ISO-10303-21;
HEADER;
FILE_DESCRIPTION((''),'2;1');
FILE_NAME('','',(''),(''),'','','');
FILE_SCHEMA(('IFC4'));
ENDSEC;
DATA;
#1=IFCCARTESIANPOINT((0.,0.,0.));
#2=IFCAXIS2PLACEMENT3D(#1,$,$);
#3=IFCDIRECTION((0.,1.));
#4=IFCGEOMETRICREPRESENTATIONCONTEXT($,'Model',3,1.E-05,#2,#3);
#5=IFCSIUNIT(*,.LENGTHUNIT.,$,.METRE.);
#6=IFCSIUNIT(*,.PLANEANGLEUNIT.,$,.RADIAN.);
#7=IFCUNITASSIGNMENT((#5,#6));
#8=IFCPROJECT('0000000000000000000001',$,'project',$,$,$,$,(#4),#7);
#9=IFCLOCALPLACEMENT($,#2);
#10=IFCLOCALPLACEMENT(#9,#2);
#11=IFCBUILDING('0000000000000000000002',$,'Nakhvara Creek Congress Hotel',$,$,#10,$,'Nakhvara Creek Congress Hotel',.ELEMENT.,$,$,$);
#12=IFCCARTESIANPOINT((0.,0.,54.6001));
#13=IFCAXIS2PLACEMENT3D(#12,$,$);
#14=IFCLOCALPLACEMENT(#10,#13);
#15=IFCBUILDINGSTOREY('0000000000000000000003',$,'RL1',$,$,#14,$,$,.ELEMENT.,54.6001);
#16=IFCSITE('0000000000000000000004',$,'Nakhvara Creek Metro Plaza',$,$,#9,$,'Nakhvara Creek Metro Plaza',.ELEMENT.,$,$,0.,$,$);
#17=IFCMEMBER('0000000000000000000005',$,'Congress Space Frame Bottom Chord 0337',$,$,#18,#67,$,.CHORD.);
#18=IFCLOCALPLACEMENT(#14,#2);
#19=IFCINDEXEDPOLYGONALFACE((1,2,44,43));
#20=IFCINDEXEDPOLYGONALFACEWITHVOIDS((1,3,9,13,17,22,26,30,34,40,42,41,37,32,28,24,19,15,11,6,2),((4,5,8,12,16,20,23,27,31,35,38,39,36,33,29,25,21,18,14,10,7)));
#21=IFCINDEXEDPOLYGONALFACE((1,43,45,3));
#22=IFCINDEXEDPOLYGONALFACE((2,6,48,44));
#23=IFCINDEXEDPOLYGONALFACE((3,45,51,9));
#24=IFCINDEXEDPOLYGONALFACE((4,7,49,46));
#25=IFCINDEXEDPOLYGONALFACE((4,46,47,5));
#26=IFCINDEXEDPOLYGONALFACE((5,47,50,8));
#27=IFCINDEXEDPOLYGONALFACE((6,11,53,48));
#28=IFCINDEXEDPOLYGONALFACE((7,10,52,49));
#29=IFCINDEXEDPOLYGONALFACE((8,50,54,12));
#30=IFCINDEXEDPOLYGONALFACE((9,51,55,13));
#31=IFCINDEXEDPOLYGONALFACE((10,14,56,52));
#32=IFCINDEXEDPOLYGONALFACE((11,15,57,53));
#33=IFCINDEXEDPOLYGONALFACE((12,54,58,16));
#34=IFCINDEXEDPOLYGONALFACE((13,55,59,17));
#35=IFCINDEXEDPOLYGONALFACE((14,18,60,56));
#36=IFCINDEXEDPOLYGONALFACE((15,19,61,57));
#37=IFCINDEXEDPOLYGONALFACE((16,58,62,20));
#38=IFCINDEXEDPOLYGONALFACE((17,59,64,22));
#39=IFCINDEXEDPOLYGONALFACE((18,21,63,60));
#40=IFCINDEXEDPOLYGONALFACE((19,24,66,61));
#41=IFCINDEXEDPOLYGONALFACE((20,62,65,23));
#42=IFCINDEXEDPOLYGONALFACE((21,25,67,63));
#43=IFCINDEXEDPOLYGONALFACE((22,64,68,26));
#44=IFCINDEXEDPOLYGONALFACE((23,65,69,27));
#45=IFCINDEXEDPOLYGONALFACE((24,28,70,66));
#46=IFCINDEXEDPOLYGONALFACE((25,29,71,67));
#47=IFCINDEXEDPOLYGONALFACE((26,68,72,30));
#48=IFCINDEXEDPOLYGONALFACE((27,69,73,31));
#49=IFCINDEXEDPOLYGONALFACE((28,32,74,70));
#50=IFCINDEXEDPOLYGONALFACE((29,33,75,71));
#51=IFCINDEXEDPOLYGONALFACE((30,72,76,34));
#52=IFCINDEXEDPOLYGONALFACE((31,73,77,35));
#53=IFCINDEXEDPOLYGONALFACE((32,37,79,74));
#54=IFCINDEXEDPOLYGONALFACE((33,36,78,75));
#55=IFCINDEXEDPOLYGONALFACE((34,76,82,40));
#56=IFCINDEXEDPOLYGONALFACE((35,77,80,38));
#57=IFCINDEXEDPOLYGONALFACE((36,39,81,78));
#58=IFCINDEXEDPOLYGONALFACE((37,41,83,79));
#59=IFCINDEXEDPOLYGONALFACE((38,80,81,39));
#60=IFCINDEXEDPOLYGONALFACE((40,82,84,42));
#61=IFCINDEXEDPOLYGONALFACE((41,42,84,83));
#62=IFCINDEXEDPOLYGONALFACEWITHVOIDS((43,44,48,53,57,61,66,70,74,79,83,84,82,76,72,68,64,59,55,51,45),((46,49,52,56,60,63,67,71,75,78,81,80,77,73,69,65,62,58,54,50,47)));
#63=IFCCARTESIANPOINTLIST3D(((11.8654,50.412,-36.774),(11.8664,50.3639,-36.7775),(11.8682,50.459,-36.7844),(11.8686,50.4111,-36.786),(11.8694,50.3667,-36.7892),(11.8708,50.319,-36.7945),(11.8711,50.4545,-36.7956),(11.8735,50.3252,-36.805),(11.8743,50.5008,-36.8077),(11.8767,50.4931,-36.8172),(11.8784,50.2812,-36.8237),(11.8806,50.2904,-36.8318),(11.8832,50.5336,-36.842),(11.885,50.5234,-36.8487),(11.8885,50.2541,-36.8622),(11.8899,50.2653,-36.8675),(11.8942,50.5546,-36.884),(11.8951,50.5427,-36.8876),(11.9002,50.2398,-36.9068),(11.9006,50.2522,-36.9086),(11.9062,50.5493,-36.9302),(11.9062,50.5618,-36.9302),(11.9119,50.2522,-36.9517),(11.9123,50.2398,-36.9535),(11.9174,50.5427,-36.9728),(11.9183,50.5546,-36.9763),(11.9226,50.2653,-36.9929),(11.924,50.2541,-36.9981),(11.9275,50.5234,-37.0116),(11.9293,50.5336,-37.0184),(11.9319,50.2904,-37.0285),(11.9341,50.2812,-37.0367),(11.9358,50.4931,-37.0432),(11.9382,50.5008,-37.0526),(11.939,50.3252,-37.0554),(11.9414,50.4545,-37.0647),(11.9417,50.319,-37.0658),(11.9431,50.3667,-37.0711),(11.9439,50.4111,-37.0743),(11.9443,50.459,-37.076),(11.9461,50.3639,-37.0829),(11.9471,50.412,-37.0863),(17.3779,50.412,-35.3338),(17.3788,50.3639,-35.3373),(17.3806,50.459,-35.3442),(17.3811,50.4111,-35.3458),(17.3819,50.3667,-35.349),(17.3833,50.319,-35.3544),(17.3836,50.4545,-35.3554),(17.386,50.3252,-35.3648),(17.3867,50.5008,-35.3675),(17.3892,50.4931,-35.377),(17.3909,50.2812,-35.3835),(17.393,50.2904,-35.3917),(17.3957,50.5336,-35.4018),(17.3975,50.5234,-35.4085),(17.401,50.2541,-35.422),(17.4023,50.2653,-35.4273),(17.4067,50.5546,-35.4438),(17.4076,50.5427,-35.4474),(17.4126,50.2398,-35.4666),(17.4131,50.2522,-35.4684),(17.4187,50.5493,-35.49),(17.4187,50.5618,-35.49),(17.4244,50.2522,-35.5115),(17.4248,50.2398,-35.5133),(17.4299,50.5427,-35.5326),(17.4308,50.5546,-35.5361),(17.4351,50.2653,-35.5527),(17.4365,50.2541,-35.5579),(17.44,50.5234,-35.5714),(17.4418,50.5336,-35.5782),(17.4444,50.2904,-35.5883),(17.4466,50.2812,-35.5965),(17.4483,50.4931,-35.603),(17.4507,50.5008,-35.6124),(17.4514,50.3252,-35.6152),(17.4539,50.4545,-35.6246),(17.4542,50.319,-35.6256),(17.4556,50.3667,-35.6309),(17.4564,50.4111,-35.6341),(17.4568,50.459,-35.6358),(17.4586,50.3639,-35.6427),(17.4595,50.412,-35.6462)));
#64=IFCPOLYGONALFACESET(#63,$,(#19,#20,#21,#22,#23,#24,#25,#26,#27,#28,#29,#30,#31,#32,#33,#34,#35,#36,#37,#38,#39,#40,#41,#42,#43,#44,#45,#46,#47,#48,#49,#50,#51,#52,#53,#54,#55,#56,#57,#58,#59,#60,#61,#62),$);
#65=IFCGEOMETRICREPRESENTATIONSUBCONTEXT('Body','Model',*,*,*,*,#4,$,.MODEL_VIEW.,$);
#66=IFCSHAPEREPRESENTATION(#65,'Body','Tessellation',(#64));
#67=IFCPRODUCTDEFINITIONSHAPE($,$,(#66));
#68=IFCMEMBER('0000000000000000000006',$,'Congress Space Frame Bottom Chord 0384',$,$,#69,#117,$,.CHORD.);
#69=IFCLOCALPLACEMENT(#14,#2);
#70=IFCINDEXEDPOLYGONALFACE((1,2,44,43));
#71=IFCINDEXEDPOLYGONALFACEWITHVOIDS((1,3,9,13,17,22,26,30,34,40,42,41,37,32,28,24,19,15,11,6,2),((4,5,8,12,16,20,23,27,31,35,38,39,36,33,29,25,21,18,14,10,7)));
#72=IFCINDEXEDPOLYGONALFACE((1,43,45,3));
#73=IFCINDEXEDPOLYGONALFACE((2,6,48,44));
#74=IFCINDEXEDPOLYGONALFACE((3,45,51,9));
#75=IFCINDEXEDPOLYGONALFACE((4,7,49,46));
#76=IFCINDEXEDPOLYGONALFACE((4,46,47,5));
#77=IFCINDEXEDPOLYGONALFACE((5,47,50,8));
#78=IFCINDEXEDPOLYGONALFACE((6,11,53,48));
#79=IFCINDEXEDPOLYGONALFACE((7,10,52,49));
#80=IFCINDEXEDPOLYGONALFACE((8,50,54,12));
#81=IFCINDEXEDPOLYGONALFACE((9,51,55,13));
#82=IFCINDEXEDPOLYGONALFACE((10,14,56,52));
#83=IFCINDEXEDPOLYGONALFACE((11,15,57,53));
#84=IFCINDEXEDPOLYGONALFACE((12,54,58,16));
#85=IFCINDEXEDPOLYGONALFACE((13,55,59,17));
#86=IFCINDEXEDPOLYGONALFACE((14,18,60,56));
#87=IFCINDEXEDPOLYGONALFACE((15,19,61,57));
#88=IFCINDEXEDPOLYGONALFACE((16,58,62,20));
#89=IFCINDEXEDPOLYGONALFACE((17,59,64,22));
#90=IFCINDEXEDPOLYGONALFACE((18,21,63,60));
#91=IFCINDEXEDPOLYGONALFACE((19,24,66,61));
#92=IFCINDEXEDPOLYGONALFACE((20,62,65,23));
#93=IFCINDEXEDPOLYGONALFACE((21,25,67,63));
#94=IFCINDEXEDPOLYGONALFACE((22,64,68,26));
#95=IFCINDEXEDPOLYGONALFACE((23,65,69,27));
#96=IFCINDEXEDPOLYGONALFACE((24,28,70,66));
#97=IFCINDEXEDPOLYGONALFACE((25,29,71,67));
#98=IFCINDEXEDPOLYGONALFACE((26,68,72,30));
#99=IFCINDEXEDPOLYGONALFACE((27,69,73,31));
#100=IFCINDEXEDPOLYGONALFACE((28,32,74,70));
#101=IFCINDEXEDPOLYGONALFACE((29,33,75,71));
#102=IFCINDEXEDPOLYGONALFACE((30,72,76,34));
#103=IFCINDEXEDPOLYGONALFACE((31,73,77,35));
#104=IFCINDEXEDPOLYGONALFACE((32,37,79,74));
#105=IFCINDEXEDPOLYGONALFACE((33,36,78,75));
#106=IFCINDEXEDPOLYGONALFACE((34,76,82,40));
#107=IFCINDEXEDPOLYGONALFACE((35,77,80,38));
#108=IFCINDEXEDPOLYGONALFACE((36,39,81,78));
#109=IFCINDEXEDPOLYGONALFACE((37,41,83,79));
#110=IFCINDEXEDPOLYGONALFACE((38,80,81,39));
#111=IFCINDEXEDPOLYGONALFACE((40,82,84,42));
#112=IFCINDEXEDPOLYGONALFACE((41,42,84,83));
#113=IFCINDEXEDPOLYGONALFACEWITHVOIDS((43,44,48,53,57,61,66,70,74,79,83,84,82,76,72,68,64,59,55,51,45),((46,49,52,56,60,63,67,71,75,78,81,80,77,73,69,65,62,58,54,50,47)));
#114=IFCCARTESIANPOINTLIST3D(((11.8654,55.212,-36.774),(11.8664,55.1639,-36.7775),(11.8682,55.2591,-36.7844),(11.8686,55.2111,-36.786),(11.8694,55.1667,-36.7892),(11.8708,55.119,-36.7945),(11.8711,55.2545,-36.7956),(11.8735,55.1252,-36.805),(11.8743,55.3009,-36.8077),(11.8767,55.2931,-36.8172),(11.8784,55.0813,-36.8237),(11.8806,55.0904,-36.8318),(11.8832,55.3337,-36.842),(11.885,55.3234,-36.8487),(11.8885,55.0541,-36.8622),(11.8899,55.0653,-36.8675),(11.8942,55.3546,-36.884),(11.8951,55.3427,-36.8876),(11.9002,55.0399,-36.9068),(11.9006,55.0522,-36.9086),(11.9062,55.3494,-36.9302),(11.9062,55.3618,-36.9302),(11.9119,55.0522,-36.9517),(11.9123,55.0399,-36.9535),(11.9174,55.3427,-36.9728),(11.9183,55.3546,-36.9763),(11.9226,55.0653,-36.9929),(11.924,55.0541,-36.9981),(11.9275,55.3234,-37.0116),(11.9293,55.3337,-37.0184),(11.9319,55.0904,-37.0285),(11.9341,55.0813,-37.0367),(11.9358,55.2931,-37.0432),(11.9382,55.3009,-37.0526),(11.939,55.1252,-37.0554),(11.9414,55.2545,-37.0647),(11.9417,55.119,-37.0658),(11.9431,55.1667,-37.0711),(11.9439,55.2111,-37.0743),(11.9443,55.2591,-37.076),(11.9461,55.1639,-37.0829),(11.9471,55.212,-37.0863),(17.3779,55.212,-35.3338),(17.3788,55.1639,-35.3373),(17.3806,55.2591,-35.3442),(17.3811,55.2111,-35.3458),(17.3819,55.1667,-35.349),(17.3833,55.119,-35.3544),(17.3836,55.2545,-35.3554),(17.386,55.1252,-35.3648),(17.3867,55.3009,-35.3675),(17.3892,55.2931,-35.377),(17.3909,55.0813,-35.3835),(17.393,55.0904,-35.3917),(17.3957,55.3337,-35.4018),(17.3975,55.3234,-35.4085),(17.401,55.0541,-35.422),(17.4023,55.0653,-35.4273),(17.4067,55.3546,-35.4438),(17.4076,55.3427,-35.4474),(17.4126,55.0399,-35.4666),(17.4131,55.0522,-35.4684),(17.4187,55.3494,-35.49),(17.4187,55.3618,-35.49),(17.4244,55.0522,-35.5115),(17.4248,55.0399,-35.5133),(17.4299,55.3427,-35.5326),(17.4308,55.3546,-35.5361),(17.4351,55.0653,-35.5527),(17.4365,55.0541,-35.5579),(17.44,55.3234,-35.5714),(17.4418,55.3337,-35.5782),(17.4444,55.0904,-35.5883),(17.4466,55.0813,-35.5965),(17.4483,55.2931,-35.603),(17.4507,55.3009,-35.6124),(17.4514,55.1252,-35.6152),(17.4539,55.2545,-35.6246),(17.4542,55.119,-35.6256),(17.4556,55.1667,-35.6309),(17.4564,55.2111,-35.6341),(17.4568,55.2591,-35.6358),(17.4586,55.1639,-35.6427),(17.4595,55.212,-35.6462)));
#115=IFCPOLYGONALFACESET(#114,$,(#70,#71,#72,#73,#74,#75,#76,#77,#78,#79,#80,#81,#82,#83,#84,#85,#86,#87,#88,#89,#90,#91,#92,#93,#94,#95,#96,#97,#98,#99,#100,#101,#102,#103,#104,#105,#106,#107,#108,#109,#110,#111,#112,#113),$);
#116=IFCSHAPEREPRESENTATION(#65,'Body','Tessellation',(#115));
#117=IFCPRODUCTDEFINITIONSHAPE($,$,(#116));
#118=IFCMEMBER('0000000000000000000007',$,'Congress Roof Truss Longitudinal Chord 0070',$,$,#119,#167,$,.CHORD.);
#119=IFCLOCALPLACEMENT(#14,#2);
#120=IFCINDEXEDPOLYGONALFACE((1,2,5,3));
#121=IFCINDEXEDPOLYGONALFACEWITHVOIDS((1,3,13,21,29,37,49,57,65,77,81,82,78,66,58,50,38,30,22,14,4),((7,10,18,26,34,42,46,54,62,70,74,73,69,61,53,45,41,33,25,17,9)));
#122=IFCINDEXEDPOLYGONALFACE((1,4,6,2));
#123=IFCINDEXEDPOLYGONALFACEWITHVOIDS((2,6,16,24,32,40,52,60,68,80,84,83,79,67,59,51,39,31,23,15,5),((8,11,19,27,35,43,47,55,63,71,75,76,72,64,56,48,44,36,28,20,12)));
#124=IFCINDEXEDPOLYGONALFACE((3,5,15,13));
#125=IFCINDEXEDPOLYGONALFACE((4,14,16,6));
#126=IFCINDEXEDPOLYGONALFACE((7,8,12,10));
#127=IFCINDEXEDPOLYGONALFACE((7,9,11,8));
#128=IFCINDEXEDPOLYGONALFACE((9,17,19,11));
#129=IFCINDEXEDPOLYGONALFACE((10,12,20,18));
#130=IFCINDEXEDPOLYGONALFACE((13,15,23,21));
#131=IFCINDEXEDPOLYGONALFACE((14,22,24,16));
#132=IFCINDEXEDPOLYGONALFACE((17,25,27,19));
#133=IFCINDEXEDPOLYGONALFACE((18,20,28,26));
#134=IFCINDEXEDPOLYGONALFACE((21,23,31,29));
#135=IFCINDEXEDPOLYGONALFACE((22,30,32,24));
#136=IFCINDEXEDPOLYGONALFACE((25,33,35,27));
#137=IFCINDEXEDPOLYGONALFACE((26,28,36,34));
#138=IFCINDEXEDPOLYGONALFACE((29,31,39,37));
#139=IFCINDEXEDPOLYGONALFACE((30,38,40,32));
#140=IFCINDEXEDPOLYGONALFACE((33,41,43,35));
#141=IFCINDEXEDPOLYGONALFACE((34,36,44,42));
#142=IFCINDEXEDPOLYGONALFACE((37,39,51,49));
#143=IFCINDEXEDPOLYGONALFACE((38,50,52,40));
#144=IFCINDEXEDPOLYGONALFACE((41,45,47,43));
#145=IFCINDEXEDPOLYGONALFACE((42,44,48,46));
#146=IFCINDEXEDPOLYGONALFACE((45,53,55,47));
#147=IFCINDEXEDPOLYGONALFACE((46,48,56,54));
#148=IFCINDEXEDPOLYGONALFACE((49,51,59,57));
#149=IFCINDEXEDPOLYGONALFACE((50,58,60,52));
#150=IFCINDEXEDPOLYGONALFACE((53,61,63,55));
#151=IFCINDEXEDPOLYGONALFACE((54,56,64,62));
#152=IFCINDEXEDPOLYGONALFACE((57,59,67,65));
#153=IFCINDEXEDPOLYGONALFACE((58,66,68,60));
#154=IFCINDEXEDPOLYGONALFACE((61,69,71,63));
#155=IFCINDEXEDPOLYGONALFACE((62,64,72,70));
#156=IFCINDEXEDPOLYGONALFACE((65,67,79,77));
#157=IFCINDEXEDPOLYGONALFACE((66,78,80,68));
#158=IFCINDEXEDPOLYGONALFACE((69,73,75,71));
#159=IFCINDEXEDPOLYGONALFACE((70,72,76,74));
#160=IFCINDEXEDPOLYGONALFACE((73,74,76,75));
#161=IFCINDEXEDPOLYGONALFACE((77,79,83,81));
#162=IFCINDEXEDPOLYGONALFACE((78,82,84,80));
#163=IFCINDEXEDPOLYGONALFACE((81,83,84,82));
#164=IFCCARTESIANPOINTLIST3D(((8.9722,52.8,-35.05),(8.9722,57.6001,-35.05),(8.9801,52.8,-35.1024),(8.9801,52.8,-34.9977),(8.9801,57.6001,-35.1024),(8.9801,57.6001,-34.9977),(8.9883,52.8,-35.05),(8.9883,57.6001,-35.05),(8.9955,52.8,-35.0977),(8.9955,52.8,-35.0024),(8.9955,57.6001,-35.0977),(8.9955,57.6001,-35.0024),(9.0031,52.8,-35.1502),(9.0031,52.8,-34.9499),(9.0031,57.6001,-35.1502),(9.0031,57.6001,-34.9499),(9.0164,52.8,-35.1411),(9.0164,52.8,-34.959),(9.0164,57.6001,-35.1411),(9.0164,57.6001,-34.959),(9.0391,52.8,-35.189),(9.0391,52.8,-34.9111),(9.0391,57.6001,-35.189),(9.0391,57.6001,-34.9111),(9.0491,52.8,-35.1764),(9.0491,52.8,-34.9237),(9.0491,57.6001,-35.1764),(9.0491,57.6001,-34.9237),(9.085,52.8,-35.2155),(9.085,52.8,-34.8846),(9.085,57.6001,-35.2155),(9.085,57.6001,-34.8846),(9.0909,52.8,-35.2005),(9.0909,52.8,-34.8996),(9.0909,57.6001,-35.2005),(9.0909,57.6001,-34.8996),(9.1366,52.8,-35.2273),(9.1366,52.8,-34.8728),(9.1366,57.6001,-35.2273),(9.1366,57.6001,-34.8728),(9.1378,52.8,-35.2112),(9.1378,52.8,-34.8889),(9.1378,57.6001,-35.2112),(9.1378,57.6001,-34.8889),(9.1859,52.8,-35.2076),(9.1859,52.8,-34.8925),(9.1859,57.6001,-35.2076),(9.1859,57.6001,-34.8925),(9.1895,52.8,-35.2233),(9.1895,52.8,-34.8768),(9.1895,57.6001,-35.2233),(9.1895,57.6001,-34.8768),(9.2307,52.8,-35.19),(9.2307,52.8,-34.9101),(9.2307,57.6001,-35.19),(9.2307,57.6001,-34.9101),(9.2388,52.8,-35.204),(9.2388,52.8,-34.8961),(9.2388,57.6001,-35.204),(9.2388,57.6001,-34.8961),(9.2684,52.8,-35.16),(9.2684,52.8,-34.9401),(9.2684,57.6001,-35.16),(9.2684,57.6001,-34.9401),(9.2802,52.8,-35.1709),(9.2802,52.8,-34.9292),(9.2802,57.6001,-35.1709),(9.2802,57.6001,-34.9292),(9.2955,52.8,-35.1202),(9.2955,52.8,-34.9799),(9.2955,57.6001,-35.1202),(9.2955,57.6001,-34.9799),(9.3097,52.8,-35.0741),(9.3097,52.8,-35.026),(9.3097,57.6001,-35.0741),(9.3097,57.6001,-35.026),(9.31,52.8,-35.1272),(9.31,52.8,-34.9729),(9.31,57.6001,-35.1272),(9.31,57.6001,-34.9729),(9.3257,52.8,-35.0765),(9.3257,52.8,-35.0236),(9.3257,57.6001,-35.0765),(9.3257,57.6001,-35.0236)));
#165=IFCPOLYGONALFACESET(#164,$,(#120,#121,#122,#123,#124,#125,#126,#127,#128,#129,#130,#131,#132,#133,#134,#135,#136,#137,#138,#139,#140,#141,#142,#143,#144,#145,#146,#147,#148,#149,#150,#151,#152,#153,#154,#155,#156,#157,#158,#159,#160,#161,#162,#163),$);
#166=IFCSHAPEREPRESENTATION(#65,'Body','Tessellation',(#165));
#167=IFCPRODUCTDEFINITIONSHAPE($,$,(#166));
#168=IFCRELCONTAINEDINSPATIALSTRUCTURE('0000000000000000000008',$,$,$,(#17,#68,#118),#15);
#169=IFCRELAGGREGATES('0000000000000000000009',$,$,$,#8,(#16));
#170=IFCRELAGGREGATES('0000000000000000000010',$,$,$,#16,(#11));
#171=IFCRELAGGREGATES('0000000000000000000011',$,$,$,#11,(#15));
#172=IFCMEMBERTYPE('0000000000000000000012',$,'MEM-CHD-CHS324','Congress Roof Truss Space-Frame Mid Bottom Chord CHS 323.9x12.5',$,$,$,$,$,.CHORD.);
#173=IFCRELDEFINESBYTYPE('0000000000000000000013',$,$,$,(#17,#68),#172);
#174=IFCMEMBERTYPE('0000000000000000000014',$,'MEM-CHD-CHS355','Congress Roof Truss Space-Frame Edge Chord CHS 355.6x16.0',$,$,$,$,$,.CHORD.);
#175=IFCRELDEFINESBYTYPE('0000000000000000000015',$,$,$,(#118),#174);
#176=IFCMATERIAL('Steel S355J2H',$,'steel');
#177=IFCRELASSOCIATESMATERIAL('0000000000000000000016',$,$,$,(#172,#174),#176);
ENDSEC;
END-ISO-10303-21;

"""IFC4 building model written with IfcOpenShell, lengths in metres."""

from ifc_helpers import new_model, si_unit, direction, frame, origin, origin_2d, place, context, subcontext, project, spatial, hollow_circle, extrude, material, material_profile, profile_set, type_object, element, save


model = new_model("IFC4")

# Units and contexts
model_context = context("Model", 3, precision=1e-05, world=origin(), true_north=direction((0.0, 1.0)))
body_context = subcontext(model_context, "Body", "Model", "MODEL_VIEW")
ifc_project = project(units=[si_unit("LENGTHUNIT", "METRE"), si_unit("PLANEANGLEUNIT", "RADIAN")], contexts=[model_context])

# Site, building, storey
site_placement = place(None, origin())
site = spatial("IfcSite", under=ifc_project, at=site_placement, Name="Nakhvara Creek Metro Plaza", LongName="Nakhvara Creek Metro Plaza", CompositionType="ELEMENT", RefElevation=0.0)
building_placement = place(site_placement, origin())
building = spatial("IfcBuilding", under=site, at=building_placement, Name="Nakhvara Creek Congress Hotel", LongName="Nakhvara Creek Congress Hotel", CompositionType="ELEMENT")
storey_placement = place(building_placement, frame((0.0, 0.0, 54.6001)))
storey = spatial("IfcBuildingStorey", under=building, at=storey_placement, Name="RL1", CompositionType="ELEMENT", Elevation=54.6001)

# Members
ifc_material_1 = material(Name="Steel S355J2H", Category="steel")
ifc_material_profile_1 = material_profile(ifc_material_1, hollow_circle(Radius=0.1619, WallThickness=0.0125, at=origin_2d()), Name="CHS 323.9x12.5", Category="LoadBearing")
ifc_profile_set_1 = profile_set([ifc_material_profile_1], Name="Steel S355J2H")
member_type_1 = type_object("IfcMemberType", Name="MEM-CHD-CHS324", Description="Congress Roof Truss Space-Frame Mid Bottom Chord CHS 323.9x12.5", PredefinedType="CHORD", material=ifc_profile_set_1)
for number, where, z_axis, x_axis, name in (
    (1, (11.9062, 50.3999, -36.9302), (0.967525, 0.0, 0.252776), (0.0, 1.0, 0.0), "Congress Space Frame Bottom Chord 0337"),
    (2, (11.9062, 55.2, -36.9302), (0.967525, 0.0, 0.252776), (0.0, 1.0, 0.0), "Congress Space Frame Bottom Chord 0384"),
):
    element("IfcMember", number, at=place(storey_placement, frame(where, z_axis=z_axis, x_axis=x_axis)), inside=storey, type_object=member_type_1, Name=name, PredefinedType="CHORD", context=body_context, shape_type="SweptSolid", body=[
        extrude(hollow_circle(Radius=0.1619, WallThickness=0.0125, at=origin_2d()), origin(), (0.0, 0.0, 1.0), 5.6975),
    ])
ifc_material_profile_2 = material_profile(ifc_material_1, hollow_circle(Radius=0.1777, WallThickness=0.0161, at=origin_2d()), Name="CHS 355.6x16.0", Category="LoadBearing")
ifc_profile_set_2 = profile_set([ifc_material_profile_2], Name="Steel S355J2H")
member_type_2 = type_object("IfcMemberType", Name="MEM-CHD-CHS355", Description="Congress Roof Truss Space-Frame Edge Chord CHS 355.6x16.0", PredefinedType="CHORD", material=ifc_profile_set_2)
member_1_placement = place(storey_placement, frame((9.1499, 52.8, -35.05), z_axis=(0.0, 1.0, 0.0), x_axis=(-1.0, 0.0, 0.0)))
element("IfcMember", 3, at=member_1_placement, inside=storey, type_object=member_type_2, Name="Congress Roof Truss Longitudinal Chord 0070", PredefinedType="CHORD", context=body_context, shape_type="SweptSolid", body=[
    extrude(hollow_circle(Radius=0.1777, WallThickness=0.0161, at=origin_2d()), origin(), (0.0, 0.0, 1.0), 4.8),
])

save(model, "model.ifc")
